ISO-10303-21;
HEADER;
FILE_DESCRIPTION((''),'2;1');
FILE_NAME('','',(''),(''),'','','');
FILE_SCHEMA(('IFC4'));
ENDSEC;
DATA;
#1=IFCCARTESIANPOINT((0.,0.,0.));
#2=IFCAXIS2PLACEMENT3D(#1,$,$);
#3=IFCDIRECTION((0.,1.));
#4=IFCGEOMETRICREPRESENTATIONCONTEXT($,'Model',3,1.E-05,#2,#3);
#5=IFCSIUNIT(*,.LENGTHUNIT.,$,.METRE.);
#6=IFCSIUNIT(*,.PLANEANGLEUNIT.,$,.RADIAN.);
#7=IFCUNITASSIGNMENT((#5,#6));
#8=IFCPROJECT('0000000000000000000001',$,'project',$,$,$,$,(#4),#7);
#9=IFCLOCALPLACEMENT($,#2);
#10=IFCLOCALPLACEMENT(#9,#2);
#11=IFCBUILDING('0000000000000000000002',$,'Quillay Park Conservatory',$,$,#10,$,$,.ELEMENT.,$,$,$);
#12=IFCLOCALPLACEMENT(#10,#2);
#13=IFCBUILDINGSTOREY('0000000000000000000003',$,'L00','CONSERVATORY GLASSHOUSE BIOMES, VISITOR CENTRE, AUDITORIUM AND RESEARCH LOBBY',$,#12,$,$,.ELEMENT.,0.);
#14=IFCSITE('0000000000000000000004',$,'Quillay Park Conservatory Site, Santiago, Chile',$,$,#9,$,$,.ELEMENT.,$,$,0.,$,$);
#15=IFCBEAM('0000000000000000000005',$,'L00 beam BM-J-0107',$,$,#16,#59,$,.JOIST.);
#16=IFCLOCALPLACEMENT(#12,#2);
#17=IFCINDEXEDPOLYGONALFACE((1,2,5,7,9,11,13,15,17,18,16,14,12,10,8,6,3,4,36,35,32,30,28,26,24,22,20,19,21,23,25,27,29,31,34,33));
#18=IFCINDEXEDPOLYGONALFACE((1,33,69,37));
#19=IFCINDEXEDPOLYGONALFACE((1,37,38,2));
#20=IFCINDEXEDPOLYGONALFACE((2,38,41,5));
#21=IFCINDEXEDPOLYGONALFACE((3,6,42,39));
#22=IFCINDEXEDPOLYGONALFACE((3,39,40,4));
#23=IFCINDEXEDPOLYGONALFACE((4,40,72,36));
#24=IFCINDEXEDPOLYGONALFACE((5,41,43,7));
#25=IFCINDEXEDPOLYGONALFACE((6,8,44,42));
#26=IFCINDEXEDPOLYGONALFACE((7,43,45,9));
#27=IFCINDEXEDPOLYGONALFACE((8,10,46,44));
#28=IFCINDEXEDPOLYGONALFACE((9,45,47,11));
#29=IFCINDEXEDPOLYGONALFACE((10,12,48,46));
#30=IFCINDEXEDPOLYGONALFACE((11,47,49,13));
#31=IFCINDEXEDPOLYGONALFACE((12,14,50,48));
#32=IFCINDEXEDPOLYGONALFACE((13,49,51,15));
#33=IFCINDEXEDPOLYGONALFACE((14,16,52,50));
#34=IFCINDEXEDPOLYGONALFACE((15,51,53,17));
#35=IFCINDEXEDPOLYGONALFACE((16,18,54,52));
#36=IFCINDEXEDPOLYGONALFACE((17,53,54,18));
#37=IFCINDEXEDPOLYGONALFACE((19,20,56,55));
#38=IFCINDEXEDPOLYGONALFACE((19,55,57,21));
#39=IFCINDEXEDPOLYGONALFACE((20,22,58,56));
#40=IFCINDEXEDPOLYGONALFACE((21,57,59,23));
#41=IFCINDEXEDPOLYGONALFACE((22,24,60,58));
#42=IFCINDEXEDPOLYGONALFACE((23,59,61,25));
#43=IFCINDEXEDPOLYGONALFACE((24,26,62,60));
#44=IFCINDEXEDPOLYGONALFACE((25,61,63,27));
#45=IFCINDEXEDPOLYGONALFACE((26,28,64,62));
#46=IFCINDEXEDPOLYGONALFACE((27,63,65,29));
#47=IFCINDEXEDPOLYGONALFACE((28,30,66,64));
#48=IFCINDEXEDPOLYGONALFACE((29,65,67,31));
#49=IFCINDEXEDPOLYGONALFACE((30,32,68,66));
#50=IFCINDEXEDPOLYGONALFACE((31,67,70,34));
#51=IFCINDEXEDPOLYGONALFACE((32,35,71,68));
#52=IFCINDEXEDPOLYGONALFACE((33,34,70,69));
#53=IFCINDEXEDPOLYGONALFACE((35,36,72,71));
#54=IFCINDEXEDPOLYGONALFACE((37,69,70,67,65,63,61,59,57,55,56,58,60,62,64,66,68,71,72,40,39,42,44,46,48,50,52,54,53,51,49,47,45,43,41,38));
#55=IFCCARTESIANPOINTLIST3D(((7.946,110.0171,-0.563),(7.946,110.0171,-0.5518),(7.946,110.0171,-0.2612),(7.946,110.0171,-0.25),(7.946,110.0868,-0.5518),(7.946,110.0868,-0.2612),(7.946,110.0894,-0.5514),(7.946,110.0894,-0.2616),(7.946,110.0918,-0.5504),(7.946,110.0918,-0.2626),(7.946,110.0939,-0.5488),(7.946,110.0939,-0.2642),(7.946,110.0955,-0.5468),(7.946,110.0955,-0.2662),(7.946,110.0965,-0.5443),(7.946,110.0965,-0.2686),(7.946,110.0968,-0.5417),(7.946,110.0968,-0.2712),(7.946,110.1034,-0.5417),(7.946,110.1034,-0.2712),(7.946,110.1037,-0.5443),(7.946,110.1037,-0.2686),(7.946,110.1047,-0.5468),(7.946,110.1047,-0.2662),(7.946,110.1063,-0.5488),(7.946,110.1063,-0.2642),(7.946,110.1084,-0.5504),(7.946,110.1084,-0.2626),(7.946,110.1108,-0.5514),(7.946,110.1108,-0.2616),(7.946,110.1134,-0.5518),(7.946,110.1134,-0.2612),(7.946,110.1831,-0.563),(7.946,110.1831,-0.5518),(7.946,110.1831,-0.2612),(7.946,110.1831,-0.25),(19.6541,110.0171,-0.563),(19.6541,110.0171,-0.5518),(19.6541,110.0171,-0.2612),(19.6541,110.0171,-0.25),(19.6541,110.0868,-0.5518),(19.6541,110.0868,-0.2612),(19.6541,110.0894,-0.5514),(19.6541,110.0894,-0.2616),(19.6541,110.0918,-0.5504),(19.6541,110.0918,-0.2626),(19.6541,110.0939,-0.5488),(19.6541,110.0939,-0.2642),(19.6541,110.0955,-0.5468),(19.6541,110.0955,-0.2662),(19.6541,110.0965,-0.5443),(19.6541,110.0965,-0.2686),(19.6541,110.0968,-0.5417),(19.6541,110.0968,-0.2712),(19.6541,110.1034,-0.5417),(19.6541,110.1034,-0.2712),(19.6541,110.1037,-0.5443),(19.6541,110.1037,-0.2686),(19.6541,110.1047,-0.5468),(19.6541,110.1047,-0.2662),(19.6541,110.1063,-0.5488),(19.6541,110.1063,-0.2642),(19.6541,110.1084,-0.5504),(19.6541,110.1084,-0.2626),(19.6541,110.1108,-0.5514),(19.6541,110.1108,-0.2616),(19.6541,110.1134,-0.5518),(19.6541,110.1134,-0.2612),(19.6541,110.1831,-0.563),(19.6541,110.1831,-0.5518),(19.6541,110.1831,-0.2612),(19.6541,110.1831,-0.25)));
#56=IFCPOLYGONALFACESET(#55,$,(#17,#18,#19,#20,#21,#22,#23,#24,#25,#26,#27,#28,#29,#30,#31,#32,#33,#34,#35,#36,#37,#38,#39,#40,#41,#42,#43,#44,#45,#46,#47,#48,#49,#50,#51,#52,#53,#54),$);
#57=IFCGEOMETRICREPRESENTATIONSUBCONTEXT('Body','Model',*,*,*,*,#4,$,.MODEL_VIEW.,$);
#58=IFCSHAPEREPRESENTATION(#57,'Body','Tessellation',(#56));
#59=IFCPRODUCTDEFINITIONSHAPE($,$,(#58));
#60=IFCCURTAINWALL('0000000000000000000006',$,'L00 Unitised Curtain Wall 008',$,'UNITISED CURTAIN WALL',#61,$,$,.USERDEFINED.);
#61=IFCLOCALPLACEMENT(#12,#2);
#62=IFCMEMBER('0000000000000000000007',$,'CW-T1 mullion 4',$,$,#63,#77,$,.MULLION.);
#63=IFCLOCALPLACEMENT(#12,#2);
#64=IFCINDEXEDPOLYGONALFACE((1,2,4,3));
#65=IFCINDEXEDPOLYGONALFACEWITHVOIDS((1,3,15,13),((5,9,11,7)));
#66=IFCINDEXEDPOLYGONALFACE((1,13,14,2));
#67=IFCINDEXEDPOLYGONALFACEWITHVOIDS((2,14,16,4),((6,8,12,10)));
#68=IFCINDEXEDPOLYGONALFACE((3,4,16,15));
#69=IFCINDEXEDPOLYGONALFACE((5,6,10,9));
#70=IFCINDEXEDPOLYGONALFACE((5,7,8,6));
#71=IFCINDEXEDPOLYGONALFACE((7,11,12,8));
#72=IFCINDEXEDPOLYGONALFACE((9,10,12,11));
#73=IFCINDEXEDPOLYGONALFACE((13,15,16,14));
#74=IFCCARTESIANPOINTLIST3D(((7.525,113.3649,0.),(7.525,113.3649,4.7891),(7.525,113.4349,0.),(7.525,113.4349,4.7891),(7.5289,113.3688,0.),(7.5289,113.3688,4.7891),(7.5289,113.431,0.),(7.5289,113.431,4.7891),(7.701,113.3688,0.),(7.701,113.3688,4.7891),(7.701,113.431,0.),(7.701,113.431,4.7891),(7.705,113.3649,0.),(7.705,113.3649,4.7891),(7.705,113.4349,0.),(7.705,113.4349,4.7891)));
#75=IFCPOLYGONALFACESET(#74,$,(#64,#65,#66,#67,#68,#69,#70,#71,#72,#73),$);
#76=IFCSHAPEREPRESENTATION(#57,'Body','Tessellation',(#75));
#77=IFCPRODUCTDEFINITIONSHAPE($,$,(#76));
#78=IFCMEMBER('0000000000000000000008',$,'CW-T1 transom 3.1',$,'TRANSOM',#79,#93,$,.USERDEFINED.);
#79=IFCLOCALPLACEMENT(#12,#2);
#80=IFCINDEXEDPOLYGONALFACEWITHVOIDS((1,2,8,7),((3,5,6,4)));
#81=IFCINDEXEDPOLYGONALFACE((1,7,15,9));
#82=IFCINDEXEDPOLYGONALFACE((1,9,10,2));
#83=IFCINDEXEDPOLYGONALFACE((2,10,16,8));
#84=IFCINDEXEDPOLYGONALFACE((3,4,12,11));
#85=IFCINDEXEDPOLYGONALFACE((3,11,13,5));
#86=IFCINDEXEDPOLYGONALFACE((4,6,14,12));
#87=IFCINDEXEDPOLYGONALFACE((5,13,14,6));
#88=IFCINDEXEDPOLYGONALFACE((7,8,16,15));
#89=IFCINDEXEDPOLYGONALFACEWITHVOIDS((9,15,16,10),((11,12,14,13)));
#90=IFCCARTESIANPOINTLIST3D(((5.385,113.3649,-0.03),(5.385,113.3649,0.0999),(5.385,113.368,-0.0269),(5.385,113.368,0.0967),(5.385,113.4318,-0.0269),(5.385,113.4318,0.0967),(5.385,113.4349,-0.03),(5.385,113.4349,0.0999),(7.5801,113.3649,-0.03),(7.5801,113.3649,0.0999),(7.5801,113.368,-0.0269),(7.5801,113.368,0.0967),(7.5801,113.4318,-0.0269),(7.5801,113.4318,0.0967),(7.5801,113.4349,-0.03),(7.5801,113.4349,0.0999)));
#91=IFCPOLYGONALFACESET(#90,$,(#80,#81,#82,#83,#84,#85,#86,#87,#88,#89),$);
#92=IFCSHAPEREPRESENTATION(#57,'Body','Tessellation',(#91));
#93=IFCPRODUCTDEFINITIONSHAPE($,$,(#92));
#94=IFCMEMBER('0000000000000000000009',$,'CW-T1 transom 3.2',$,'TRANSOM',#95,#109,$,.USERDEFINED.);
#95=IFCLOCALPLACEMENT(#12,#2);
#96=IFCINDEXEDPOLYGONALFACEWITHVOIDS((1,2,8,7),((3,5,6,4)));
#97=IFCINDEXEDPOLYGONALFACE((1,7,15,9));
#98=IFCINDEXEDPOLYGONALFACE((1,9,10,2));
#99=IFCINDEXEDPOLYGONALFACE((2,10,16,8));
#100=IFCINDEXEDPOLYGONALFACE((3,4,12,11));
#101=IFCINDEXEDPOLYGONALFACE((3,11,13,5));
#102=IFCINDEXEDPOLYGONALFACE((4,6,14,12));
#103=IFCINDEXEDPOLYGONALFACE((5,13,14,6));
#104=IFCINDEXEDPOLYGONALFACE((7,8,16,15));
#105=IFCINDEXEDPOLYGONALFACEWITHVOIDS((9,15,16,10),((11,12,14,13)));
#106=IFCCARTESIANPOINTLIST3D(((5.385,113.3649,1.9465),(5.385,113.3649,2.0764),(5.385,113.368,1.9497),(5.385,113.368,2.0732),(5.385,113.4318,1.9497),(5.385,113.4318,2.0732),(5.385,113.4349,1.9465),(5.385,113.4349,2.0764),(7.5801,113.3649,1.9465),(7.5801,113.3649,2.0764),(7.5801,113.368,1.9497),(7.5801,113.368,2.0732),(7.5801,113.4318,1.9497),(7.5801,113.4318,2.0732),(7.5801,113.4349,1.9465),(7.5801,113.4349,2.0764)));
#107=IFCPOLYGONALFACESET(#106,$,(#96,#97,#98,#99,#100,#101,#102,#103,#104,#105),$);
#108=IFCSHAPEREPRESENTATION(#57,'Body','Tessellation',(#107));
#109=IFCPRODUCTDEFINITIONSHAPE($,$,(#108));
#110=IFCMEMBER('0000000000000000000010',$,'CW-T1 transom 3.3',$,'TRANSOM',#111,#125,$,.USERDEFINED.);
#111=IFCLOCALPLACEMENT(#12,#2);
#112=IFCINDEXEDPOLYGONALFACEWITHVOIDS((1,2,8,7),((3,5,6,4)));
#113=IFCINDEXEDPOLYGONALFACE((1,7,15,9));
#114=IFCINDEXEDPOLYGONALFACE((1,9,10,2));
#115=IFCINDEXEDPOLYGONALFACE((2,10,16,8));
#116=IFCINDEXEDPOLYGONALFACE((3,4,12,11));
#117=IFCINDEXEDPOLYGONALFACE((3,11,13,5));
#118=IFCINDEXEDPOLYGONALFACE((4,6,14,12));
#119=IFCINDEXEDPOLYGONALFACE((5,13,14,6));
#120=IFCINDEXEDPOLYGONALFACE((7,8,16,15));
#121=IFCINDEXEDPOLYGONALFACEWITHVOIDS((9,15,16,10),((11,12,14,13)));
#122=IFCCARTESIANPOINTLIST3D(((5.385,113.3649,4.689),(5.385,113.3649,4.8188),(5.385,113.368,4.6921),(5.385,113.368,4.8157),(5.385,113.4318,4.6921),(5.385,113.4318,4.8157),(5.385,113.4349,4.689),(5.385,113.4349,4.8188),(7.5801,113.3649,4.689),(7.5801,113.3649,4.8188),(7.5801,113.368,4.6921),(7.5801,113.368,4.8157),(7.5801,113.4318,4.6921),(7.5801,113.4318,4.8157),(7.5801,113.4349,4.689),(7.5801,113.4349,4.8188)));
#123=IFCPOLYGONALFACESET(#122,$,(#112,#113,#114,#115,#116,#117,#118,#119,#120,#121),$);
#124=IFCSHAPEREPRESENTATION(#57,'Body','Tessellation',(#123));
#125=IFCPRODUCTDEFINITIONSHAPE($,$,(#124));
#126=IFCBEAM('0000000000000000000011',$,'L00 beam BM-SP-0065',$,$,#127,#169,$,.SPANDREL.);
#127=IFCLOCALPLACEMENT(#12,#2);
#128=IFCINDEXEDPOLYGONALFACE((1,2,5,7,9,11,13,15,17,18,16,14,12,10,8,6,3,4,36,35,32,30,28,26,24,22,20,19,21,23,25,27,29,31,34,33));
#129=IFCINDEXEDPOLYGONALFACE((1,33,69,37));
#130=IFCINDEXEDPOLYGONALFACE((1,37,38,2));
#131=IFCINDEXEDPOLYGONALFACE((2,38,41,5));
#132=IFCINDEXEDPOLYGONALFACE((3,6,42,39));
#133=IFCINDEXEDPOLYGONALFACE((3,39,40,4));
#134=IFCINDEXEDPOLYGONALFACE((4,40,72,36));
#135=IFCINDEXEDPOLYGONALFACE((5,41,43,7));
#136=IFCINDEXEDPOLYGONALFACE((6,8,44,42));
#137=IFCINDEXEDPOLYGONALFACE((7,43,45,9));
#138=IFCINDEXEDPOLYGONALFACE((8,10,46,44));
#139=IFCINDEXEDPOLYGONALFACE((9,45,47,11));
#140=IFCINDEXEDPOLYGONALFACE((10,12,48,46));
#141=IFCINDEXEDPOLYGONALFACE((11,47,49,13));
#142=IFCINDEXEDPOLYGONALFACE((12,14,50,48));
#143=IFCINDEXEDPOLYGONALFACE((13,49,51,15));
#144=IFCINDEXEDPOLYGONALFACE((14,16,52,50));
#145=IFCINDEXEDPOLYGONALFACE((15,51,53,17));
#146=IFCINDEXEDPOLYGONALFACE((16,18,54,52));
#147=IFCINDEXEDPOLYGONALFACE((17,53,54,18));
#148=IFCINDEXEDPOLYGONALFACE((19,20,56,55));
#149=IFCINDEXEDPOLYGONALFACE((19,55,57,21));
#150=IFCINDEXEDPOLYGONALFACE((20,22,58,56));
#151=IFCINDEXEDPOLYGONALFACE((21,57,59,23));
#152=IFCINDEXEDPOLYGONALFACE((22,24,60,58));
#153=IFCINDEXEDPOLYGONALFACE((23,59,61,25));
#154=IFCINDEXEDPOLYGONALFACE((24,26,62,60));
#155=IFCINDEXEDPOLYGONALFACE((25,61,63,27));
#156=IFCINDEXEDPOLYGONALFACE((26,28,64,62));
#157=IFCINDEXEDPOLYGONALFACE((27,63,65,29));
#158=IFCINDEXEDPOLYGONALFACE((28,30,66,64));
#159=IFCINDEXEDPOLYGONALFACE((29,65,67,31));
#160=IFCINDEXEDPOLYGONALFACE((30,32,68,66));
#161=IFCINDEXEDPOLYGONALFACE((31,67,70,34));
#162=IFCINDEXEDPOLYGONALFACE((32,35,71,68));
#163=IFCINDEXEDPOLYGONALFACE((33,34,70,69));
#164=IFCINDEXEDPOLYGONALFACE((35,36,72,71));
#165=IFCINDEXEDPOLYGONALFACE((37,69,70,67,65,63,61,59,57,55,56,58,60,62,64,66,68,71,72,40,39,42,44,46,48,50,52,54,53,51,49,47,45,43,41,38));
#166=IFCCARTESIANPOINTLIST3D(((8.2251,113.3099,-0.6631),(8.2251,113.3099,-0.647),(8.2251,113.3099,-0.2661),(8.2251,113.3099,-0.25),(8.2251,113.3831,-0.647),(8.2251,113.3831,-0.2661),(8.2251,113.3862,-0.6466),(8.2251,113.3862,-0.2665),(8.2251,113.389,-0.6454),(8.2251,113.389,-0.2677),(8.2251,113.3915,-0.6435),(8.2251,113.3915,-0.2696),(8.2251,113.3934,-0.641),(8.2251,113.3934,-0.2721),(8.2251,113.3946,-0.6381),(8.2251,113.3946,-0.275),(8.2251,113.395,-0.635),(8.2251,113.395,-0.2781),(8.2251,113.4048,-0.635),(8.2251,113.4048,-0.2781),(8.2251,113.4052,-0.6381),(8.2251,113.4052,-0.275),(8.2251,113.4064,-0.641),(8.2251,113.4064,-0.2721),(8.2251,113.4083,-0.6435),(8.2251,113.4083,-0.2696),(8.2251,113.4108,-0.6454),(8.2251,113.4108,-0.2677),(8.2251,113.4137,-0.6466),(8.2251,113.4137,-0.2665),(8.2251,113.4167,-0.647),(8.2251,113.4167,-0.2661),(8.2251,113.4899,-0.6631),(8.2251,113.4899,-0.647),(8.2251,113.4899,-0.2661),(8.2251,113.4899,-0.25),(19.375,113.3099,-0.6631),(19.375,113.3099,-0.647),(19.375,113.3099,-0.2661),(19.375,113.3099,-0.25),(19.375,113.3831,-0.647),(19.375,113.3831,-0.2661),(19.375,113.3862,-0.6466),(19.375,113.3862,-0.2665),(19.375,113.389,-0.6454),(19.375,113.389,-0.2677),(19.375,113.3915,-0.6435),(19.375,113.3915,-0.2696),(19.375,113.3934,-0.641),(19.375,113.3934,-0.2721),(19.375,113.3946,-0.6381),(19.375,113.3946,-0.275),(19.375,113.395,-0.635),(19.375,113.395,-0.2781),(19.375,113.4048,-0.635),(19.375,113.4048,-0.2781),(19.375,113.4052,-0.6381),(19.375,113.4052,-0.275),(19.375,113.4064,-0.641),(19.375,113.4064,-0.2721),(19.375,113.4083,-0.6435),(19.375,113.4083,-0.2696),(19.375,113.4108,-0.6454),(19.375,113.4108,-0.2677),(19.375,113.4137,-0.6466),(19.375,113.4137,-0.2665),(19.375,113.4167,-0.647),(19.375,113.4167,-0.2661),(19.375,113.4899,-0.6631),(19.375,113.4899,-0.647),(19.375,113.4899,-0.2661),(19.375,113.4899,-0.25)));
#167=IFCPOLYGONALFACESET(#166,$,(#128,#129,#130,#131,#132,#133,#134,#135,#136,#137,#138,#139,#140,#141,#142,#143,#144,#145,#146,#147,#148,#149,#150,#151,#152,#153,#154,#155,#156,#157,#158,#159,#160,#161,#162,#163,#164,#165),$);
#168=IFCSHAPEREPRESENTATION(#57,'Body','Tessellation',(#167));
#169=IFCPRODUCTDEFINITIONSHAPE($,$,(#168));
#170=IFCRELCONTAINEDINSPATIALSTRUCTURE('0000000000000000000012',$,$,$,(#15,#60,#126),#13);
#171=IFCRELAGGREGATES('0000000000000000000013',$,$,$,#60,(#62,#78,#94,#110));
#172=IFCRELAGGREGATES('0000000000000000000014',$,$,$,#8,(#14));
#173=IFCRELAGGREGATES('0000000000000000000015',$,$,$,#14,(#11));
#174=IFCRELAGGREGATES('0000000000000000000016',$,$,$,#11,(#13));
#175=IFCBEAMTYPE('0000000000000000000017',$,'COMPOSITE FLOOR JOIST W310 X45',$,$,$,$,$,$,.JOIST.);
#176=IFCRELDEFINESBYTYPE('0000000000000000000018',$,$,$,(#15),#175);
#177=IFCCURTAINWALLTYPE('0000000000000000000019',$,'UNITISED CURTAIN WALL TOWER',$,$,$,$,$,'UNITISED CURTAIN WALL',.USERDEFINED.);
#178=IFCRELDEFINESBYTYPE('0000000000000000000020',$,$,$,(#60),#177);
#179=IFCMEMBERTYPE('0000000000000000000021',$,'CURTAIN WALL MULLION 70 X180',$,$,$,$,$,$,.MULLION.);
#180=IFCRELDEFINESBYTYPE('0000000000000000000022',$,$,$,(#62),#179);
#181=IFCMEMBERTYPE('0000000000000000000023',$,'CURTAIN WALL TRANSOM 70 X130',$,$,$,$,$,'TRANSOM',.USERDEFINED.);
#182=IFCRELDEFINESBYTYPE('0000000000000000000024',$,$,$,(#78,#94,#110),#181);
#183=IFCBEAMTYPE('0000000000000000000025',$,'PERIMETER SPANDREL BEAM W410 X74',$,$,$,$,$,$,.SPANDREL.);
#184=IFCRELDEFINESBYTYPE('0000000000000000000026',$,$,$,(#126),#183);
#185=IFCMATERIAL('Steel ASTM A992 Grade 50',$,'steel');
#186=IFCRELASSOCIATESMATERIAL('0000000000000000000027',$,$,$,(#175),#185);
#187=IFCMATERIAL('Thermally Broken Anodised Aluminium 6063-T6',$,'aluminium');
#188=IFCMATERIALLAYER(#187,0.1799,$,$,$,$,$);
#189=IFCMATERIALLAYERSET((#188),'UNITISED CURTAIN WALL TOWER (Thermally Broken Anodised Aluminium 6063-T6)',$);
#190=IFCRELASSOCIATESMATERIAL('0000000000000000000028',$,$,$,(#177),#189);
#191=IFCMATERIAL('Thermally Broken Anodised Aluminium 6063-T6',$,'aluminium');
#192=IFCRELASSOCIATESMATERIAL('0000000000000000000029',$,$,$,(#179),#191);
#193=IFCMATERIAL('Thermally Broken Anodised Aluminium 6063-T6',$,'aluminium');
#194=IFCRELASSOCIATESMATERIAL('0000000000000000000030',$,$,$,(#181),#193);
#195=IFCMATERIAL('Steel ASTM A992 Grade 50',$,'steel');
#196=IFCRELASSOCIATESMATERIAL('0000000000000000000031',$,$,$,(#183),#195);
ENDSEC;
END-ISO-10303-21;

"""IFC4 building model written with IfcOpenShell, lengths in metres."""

from ifc_helpers import new_model, si_unit, direction, frame, origin, origin_2d, place, context, subcontext, project, spatial, hollow_rectangle, i_section, extrude, material, layer, layer_set, material_profile, profile_set, type_object, element, aggregate, save


model = new_model("IFC4")

# Units and contexts
model_context = context("Model", 3, precision=1e-05, world=origin(), true_north=direction((0.0, 1.0)))
body_context = subcontext(model_context, "Body", "Model", "MODEL_VIEW")
ifc_project = project(units=[si_unit("LENGTHUNIT", "METRE"), si_unit("PLANEANGLEUNIT", "RADIAN")], contexts=[model_context])

# Site, building, storey
site_placement = place(None, origin())
site = spatial("IfcSite", under=ifc_project, at=site_placement, Name="Quillay Park Conservatory Site, Santiago, Chile", CompositionType="ELEMENT", RefElevation=0.0)
building_placement = place(site_placement, origin())
building = spatial("IfcBuilding", under=site, at=building_placement, Name="Quillay Park Conservatory", CompositionType="ELEMENT")
storey_placement = place(building_placement, origin())
storey = spatial("IfcBuildingStorey", under=building, at=storey_placement, Name="L00", Description="CONSERVATORY GLASSHOUSE BIOMES, VISITOR CENTRE, AUDITORIUM AND RESEARCH LOBBY", CompositionType="ELEMENT", Elevation=0.0)

# Beam
ifc_material_1 = material(Name="Steel ASTM A992 Grade 50", Category="steel")
ifc_material_profile_1 = material_profile(ifc_material_1, i_section(OverallWidth=0.166, OverallDepth=0.313, WebThickness=0.0066, FlangeThickness=0.0112, FilletRadius=0.01, at=origin_2d()), Name="W310x45")
ifc_profile_set_1 = profile_set([ifc_material_profile_1], Name="Steel ASTM A992 Grade 50")
beam_type_1 = type_object("IfcBeamType", Name="COMPOSITE FLOOR JOIST W310 X45", PredefinedType="JOIST", material=ifc_profile_set_1)
beam_1_placement = place(storey_placement, frame((7.946, 110.1001, -0.4065), z_axis=(1.0, 0.0, 0.0), x_axis=(0.0, 1.0, 0.0)))
element("IfcBeam", 1, at=beam_1_placement, inside=storey, type_object=beam_type_1, Name="L00 beam BM-J-0107", PredefinedType="JOIST", context=body_context, shape_type="SweptSolid", body=[
    extrude(i_section(OverallWidth=0.166, OverallDepth=0.313, WebThickness=0.0066, FlangeThickness=0.0112, FilletRadius=0.01, at=origin_2d()), origin(), (0.0, 0.0, 1.0), 11.708),
])

# Curtain wall, members
ifc_material_2 = material(Name="Thermally Broken Anodised Aluminium 6063-T6", Category="aluminium")
ifc_layer_1 = layer(ifc_material_2, 0.1799)
ifc_layer_set_1 = layer_set([ifc_layer_1], Name="UNITISED CURTAIN WALL TOWER (Thermally Broken Anodised Aluminium 6063-T6)")
curtain_wall_type = type_object("IfcCurtainWallType", Name="UNITISED CURTAIN WALL TOWER", ElementType="UNITISED CURTAIN WALL", PredefinedType="USERDEFINED", material=ifc_layer_set_1)
curtain_wall_placement = place(storey_placement, origin())
curtain_wall = element("IfcCurtainWall", 2, at=curtain_wall_placement, inside=storey, type_object=curtain_wall_type, Name="L00 Unitised Curtain Wall 008", ObjectType="UNITISED CURTAIN WALL", PredefinedType="USERDEFINED")
ifc_material_3 = material(Name="Thermally Broken Anodised Aluminium 6063-T6", Category="aluminium")
ifc_material_profile_2 = material_profile(ifc_material_3, hollow_rectangle(XDim=0.0701, YDim=0.1799, WallThickness=0.0039, at=origin_2d()), Name="AL70x180x4")
ifc_profile_set_2 = profile_set([ifc_material_profile_2], Name="Thermally Broken Anodised Aluminium 6063-T6")
member_type_1 = type_object("IfcMemberType", Name="CURTAIN WALL MULLION 70 X180", PredefinedType="MULLION", material=ifc_profile_set_2)
member_1_placement = place(storey_placement, frame((7.615, 113.3999, 0.0), z_axis=(0.0, 0.0, 1.0), x_axis=(0.0, 1.0, 0.0)))
member_1 = element("IfcMember", 3, at=member_1_placement, type_object=member_type_1, Name="CW-T1 mullion 4", PredefinedType="MULLION", context=body_context, shape_type="SweptSolid", body=[
    extrude(hollow_rectangle(XDim=0.0701, YDim=0.1799, WallThickness=0.0039, at=origin_2d()), origin(), (0.0, 0.0, 1.0), 4.7891),
])
ifc_material_4 = material(Name="Thermally Broken Anodised Aluminium 6063-T6", Category="aluminium")
ifc_material_profile_3 = material_profile(ifc_material_4, hollow_rectangle(XDim=0.0701, YDim=0.1299, WallThickness=0.0032, at=origin_2d()), Name="AL70x130x3.2")
ifc_profile_set_3 = profile_set([ifc_material_profile_3], Name="Thermally Broken Anodised Aluminium 6063-T6")
member_type_2 = type_object("IfcMemberType", Name="CURTAIN WALL TRANSOM 70 X130", ElementType="TRANSOM", PredefinedType="USERDEFINED", material=ifc_profile_set_3)
member_2_placement = place(storey_placement, frame((5.385, 113.3999, 0.0349), z_axis=(1.0, 0.0, 0.0), x_axis=(0.0, 1.0, 0.0)))
member_2 = element("IfcMember", 4, at=member_2_placement, type_object=member_type_2, Name="CW-T1 transom 3.1", ObjectType="TRANSOM", PredefinedType="USERDEFINED", context=body_context, shape_type="SweptSolid", body=[
    extrude(hollow_rectangle(XDim=0.0701, YDim=0.1299, WallThickness=0.0032, at=origin_2d()), origin(), (0.0, 0.0, 1.0), 2.1951),
])
member_3_placement = place(storey_placement, frame((5.385, 113.3999, 2.0115), z_axis=(1.0, 0.0, 0.0), x_axis=(0.0, 1.0, 0.0)))
member_3 = element("IfcMember", 5, at=member_3_placement, type_object=member_type_2, Name="CW-T1 transom 3.2", ObjectType="TRANSOM", PredefinedType="USERDEFINED", context=body_context, shape_type="SweptSolid", body=[
    extrude(hollow_rectangle(XDim=0.0701, YDim=0.1299, WallThickness=0.0032, at=origin_2d()), origin(), (0.0, 0.0, 1.0), 2.1951),
])
member_4_placement = place(storey_placement, frame((5.385, 113.3999, 4.7539), z_axis=(1.0, 0.0, 0.0), x_axis=(0.0, 1.0, 0.0)))
member_4 = element("IfcMember", 6, at=member_4_placement, type_object=member_type_2, Name="CW-T1 transom 3.3", ObjectType="TRANSOM", PredefinedType="USERDEFINED", context=body_context, shape_type="SweptSolid", body=[
    extrude(hollow_rectangle(XDim=0.0701, YDim=0.1299, WallThickness=0.0032, at=origin_2d()), origin(), (0.0, 0.0, 1.0), 2.1951),
])

# Beam
ifc_material_5 = material(Name="Steel ASTM A992 Grade 50", Category="steel")
ifc_material_profile_4 = material_profile(ifc_material_5, i_section(OverallWidth=0.1799, OverallDepth=0.4131, WebThickness=0.0098, FlangeThickness=0.0161, FilletRadius=0.012, at=origin_2d()), Name="W410x74")
ifc_profile_set_4 = profile_set([ifc_material_profile_4], Name="Steel ASTM A992 Grade 50")
beam_type_2 = type_object("IfcBeamType", Name="PERIMETER SPANDREL BEAM W410 X74", PredefinedType="SPANDREL", material=ifc_profile_set_4)
beam_2_placement = place(storey_placement, frame((8.2251, 113.3999, -0.4565), z_axis=(1.0, 0.0, 0.0), x_axis=(0.0, 1.0, 0.0)))
element("IfcBeam", 7, at=beam_2_placement, inside=storey, type_object=beam_type_2, Name="L00 beam BM-SP-0065", PredefinedType="SPANDREL", context=body_context, shape_type="SweptSolid", body=[
    extrude(i_section(OverallWidth=0.1799, OverallDepth=0.4131, WebThickness=0.0098, FlangeThickness=0.0161, FilletRadius=0.012, at=origin_2d()), origin(), (0.0, 0.0, 1.0), 11.1499),
])

aggregate(curtain_wall, [member_1, member_2, member_3, member_4])

save(model, "model.ifc")
